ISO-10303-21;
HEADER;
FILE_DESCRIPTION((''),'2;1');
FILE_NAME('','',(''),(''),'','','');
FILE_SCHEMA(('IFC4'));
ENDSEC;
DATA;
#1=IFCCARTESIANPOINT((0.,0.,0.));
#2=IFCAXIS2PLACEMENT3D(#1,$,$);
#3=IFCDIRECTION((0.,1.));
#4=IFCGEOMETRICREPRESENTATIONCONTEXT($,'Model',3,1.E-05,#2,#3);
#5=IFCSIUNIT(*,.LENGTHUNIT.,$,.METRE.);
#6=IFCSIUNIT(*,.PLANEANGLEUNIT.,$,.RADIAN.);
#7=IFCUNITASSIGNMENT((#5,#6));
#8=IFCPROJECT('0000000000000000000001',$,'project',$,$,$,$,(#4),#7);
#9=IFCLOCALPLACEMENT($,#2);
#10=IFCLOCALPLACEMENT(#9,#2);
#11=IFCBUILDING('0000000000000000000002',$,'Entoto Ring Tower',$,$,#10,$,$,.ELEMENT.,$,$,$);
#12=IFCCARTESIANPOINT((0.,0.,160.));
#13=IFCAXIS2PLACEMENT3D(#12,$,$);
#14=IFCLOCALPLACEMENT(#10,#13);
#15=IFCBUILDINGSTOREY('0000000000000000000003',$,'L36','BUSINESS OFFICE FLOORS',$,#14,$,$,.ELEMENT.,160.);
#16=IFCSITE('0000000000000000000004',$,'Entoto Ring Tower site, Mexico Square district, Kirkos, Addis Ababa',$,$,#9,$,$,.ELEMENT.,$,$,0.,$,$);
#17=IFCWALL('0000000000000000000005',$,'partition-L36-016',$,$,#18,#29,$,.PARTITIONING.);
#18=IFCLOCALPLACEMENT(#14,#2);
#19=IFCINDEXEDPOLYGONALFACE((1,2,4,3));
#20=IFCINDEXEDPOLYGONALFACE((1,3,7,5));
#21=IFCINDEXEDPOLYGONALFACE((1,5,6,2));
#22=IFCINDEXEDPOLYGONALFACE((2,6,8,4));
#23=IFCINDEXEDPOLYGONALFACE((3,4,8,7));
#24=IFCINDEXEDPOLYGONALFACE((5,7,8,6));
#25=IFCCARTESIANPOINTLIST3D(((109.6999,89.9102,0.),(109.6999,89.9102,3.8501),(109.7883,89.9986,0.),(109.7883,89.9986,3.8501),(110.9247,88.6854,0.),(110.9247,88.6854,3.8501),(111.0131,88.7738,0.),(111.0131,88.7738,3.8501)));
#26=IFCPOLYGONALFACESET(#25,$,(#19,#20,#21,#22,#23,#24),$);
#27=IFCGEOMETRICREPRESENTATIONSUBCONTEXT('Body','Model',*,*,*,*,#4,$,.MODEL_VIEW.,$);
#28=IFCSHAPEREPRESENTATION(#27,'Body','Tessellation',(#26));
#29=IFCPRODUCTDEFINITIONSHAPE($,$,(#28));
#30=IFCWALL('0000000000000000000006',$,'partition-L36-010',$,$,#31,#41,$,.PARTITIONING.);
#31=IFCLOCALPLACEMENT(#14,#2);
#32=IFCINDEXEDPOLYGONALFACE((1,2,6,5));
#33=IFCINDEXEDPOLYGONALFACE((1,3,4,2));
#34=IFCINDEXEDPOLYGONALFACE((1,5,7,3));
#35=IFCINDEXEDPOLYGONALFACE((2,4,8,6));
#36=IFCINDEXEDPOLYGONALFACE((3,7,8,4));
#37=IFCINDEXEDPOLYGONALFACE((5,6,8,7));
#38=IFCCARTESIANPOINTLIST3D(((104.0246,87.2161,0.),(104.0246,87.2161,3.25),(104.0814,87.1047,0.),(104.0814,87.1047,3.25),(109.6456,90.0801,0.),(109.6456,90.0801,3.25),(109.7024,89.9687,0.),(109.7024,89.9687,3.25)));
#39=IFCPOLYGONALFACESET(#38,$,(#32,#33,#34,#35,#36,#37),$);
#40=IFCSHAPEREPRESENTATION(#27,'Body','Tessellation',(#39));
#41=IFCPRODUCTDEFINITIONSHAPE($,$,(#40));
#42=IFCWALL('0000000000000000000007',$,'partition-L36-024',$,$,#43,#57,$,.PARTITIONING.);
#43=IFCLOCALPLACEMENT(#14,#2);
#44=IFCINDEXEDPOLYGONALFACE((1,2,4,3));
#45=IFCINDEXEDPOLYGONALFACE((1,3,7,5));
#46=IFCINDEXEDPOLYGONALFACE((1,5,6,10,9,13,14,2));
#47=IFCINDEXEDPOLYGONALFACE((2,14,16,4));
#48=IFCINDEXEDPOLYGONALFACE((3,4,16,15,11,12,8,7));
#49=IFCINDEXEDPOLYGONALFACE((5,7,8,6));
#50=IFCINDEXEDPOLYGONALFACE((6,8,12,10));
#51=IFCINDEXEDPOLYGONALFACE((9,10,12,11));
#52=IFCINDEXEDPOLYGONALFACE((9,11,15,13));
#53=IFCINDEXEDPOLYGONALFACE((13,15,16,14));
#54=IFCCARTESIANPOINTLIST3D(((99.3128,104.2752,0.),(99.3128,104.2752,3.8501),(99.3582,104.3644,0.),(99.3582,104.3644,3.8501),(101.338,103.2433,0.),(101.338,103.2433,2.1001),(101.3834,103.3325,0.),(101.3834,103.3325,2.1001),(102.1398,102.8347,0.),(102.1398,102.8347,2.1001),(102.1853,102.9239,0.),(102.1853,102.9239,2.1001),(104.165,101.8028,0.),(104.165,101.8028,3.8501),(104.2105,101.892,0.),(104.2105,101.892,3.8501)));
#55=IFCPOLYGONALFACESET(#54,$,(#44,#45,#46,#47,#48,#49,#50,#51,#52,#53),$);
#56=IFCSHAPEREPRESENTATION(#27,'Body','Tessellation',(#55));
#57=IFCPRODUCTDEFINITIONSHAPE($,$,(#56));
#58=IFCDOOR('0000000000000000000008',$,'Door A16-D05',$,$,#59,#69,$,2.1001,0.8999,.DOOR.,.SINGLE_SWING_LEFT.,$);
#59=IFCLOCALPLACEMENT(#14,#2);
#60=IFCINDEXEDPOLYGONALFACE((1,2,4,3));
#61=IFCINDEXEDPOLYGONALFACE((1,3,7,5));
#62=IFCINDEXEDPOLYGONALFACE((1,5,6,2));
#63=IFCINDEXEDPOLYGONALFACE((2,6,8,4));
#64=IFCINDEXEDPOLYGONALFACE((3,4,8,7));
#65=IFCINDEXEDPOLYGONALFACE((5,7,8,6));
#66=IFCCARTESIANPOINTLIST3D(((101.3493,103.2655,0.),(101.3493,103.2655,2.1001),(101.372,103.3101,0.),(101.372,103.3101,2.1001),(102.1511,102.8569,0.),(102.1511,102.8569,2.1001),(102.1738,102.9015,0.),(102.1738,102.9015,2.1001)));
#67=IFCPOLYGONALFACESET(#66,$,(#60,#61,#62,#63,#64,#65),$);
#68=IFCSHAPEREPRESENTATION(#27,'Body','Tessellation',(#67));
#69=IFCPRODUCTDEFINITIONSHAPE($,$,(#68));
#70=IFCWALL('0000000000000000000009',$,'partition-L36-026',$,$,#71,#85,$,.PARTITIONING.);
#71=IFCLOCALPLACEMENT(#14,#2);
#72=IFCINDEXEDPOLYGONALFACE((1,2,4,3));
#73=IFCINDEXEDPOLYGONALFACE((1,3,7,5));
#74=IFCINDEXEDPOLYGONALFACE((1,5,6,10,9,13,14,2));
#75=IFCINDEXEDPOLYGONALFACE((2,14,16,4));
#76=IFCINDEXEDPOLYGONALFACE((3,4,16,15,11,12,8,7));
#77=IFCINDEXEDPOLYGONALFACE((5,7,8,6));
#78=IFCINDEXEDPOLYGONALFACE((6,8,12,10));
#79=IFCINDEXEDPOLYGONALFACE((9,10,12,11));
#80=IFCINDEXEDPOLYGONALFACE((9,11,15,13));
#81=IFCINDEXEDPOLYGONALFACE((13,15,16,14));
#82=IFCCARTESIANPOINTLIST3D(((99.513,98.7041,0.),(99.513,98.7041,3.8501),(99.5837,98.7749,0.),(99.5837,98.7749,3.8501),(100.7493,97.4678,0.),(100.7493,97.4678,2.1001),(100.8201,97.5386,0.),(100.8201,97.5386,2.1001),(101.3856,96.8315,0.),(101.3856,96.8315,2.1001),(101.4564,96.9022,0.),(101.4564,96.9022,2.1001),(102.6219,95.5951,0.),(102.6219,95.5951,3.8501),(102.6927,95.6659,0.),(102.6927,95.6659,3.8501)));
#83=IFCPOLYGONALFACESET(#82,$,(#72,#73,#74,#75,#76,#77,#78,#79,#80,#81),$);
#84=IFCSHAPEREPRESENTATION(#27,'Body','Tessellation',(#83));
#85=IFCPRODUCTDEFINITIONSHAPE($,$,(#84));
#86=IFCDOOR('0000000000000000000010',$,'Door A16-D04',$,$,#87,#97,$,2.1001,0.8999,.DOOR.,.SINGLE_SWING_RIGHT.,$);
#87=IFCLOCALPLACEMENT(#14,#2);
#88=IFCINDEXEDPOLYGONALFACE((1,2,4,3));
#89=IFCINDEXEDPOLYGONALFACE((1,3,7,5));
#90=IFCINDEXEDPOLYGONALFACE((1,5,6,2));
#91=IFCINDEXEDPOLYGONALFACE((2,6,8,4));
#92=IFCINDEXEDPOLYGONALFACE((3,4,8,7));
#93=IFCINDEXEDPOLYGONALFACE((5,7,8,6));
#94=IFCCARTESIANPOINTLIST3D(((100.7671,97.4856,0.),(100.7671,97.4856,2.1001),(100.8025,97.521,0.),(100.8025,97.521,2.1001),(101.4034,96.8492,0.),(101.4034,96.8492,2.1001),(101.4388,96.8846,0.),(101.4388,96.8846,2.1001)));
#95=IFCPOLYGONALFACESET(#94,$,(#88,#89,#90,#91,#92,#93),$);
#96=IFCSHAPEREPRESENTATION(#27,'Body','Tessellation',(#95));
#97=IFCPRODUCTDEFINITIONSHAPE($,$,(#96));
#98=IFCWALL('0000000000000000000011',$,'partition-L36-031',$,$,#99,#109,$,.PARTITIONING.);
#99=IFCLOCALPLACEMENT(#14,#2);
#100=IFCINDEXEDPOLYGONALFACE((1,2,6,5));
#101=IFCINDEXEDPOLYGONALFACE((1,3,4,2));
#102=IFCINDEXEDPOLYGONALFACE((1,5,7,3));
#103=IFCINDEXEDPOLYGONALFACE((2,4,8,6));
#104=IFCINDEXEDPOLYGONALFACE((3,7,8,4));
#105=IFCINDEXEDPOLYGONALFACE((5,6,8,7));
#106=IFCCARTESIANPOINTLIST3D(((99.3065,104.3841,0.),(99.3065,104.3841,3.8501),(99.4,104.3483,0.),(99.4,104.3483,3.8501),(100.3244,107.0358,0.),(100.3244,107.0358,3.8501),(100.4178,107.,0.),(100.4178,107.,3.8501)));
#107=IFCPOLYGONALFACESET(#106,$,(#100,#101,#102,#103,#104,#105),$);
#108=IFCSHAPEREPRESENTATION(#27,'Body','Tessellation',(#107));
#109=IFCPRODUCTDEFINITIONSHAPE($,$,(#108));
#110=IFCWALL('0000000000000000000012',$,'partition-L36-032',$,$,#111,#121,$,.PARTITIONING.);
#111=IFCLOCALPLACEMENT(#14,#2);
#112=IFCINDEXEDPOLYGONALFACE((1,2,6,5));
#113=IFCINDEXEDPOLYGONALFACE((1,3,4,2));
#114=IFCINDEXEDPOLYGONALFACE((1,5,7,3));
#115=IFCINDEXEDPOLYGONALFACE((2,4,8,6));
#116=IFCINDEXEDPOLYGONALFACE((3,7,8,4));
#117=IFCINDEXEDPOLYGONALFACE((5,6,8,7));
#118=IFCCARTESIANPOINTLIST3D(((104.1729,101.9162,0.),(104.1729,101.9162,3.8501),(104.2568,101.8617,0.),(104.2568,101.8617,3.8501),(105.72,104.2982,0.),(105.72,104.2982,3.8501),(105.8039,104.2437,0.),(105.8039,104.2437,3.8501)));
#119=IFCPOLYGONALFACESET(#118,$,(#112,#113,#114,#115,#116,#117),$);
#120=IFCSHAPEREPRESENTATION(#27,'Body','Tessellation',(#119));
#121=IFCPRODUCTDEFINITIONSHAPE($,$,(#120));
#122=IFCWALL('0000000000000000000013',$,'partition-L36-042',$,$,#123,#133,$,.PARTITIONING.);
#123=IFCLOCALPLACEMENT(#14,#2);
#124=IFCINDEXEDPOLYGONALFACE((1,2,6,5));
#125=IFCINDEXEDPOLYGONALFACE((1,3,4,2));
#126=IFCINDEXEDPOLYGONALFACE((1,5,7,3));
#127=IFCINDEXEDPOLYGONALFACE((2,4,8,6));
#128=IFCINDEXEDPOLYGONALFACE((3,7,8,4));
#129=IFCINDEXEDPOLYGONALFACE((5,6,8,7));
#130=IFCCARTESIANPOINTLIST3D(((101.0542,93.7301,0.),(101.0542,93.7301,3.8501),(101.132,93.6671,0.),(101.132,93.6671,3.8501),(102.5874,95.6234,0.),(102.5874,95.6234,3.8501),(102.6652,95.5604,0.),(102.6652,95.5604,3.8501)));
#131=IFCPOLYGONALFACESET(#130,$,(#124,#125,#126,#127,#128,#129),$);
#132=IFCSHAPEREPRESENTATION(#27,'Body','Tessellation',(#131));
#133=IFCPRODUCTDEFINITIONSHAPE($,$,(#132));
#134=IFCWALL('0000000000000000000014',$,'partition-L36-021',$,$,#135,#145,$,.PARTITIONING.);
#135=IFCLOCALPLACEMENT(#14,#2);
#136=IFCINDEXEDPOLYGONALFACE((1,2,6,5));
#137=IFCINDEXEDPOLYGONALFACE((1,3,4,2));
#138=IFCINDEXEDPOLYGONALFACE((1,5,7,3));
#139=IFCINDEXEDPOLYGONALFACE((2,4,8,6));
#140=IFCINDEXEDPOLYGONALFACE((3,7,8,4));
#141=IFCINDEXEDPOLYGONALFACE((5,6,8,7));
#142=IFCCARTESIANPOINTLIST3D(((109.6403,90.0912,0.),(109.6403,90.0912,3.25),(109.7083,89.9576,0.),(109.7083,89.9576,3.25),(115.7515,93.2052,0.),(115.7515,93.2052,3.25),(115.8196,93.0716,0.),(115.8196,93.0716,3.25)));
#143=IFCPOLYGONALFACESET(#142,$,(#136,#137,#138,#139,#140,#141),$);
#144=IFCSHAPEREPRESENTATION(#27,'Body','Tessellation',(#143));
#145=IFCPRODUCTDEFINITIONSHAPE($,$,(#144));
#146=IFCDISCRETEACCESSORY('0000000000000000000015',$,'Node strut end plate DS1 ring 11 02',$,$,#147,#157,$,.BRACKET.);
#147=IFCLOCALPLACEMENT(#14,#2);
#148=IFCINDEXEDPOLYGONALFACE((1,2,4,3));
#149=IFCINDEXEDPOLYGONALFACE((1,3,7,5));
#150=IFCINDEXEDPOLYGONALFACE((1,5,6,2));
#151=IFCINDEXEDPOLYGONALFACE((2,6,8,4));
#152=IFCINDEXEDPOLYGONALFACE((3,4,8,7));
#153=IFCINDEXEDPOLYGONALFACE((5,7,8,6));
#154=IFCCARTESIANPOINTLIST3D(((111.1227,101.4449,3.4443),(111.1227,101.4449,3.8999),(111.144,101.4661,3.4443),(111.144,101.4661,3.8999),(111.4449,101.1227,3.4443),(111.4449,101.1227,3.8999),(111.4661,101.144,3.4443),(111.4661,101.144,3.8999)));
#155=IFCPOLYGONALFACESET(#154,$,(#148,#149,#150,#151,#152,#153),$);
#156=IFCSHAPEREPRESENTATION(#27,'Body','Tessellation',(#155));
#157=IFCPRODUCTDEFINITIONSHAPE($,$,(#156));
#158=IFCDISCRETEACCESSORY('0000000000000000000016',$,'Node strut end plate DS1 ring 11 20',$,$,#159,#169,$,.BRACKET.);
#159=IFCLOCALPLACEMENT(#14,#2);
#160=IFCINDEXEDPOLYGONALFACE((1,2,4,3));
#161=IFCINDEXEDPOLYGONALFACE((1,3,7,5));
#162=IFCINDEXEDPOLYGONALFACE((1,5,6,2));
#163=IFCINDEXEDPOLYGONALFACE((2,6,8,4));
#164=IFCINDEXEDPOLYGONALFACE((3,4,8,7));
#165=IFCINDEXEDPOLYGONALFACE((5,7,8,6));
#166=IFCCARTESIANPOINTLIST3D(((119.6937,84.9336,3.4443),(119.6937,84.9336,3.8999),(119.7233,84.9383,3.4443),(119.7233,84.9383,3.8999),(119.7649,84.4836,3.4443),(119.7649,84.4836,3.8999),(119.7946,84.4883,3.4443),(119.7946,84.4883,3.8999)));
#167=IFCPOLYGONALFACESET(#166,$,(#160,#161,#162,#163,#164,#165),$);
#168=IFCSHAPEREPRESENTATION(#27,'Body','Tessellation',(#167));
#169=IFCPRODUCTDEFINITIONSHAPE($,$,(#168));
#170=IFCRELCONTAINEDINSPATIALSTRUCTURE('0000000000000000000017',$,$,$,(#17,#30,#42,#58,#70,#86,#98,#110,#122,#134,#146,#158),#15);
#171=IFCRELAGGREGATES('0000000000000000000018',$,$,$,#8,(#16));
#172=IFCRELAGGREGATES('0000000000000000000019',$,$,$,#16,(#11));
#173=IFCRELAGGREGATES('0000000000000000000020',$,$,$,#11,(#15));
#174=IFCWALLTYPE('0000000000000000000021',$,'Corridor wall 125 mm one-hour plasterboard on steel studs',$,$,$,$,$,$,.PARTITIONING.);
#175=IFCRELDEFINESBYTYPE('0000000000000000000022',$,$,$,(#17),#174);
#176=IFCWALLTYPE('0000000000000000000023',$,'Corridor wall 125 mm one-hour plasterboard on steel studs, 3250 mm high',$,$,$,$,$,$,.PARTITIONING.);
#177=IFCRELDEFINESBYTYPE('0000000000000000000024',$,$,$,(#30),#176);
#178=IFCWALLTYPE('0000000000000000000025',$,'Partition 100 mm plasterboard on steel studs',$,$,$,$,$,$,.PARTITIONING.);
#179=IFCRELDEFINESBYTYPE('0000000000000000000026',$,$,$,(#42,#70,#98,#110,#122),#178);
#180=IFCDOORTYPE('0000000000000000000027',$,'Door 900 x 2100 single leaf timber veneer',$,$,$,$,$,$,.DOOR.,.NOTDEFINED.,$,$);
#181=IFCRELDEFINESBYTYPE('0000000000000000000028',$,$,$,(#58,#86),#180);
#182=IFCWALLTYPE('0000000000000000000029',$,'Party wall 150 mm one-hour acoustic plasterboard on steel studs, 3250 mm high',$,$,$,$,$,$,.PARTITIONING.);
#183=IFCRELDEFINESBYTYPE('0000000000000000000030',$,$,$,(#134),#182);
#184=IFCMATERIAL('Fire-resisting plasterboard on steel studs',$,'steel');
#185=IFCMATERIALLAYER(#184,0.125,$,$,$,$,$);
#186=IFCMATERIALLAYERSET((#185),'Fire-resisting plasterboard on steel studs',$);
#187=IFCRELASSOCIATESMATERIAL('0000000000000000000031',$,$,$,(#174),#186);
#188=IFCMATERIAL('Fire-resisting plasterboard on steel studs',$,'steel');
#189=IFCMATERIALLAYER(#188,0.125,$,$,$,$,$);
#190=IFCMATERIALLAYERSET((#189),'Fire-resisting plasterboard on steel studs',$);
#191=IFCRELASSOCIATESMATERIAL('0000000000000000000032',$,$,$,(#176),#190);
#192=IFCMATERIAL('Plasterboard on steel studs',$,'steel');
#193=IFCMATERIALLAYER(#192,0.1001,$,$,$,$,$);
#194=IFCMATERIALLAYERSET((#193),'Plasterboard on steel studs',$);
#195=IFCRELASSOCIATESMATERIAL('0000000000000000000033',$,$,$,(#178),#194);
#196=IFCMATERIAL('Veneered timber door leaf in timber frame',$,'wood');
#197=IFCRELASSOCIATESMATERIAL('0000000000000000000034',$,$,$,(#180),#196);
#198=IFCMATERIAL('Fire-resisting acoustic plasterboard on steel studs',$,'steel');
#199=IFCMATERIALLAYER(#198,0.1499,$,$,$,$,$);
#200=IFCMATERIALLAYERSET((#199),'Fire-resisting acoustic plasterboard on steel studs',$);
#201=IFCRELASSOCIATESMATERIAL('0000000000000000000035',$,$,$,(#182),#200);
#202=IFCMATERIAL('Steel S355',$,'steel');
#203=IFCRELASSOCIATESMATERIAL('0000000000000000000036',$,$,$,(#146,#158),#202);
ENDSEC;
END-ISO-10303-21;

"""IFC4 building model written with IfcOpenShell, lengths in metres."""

from ifc_helpers import new_model, si_unit, direction, frame, frame_2d, origin, origin_2d, place, context, subcontext, project, spatial, rectangle, extrude, material, layer, layer_set, type_object, element, fill, save


model = new_model("IFC4")

# Units and contexts
model_context = context("Model", 3, precision=1e-05, world=origin(), true_north=direction((0.0, 1.0)))
body_context = subcontext(model_context, "Body", "Model", "MODEL_VIEW")
ifc_project = project(units=[si_unit("LENGTHUNIT", "METRE"), si_unit("PLANEANGLEUNIT", "RADIAN")], contexts=[model_context])

# Site, building, storey
site_placement = place(None, origin())
site = spatial("IfcSite", under=ifc_project, at=site_placement, Name="Entoto Ring Tower site, Mexico Square district, Kirkos, Addis Ababa", CompositionType="ELEMENT", RefElevation=0.0)
building_placement = place(site_placement, origin())
building = spatial("IfcBuilding", under=site, at=building_placement, Name="Entoto Ring Tower", CompositionType="ELEMENT")
storey_placement = place(building_placement, frame((0.0, 0.0, 160.0)))
storey = spatial("IfcBuildingStorey", under=building, at=storey_placement, Name="L36", Description="BUSINESS OFFICE FLOORS", CompositionType="ELEMENT", Elevation=160.0)

# Shared definitions
ifc_material_1 = material(Name="Fire-resisting plasterboard on steel studs", Category="steel")
ifc_layer_1 = layer(ifc_material_1, 0.125)
ifc_layer_set_1 = layer_set([ifc_layer_1], Name="Fire-resisting plasterboard on steel studs")
wall_type_1 = type_object("IfcWallType", Name="Corridor wall 125 mm one-hour plasterboard on steel studs", PredefinedType="PARTITIONING", material=ifc_layer_set_1)

# Walls
wall_1_placement = place(storey_placement, frame((110.969, 88.7295, 0.0), z_axis=(0.0, 0.0, 1.0), x_axis=(-0.707107, 0.707107, 0.0)))
element("IfcWall", 1, at=wall_1_placement, inside=storey, type_object=wall_type_1, Name="partition-L36-016", PredefinedType="PARTITIONING", context=body_context, shape_type="SweptSolid", body=[
    extrude(rectangle(XDim=1.7322, YDim=0.125, at=frame_2d((0.8662, 0.0))), origin(), (0.0, 0.0, 1.0), 3.8501),
])
ifc_material_2 = material(Name="Fire-resisting plasterboard on steel studs", Category="steel")
ifc_layer_2 = layer(ifc_material_2, 0.125)
ifc_layer_set_2 = layer_set([ifc_layer_2], Name="Fire-resisting plasterboard on steel studs")
wall_type_2 = type_object("IfcWallType", Name="Corridor wall 125 mm one-hour plasterboard on steel studs, 3250 mm high", PredefinedType="PARTITIONING", material=ifc_layer_set_2)
wall_2_placement = place(storey_placement, frame((104.053, 87.1604, 0.0), z_axis=(0.0, 0.0, 1.0), x_axis=(0.891011, 0.453981, 0.0)))
element("IfcWall", 2, at=wall_2_placement, inside=storey, type_object=wall_type_2, Name="partition-L36-010", PredefinedType="PARTITIONING", context=body_context, shape_type="SweptSolid", body=[
    extrude(rectangle(XDim=6.3086, YDim=0.125, at=frame_2d((3.1543, 0.0))), origin(), (0.0, 0.0, 1.0), 3.25),
])

# Walls, openings, doors
ifc_material_3 = material(Name="Plasterboard on steel studs", Category="steel")
ifc_layer_3 = layer(ifc_material_3, 0.1001)
ifc_layer_set_3 = layer_set([ifc_layer_3], Name="Plasterboard on steel studs")
wall_type_3 = type_object("IfcWallType", Name="Partition 100 mm plasterboard on steel studs", PredefinedType="PARTITIONING", material=ifc_layer_set_3)
wall_3_placement = place(storey_placement, frame((104.1877, 101.8474, 0.0), z_axis=(0.0, 0.0, 1.0), x_axis=(-0.891003, 0.453997, 0.0)))
wall_3 = element("IfcWall", 3, at=wall_3_placement, inside=storey, type_object=wall_type_3, Name="partition-L36-024", PredefinedType="PARTITIONING", context=body_context, shape_type="SweptSolid", body=[
    extrude(rectangle(XDim=5.4458, YDim=0.1001, at=frame_2d((2.7229, 0.0))), origin(), (0.0, 0.0, 1.0), 3.8501),
])
opening_1_placement = place(wall_3_placement, frame((2.2729, 0.0, 0.0)))
opening_1 = element("IfcOpeningElement", 4, at=opening_1_placement, cuts=wall_3, PredefinedType="OPENING", context=body_context, shape_type="SweptSolid", body=[
    extrude(rectangle(XDim=0.8999, YDim=2.1001, at=frame_2d((0.45, 1.05))), frame((0.0, 0.0601, 0.0), z_axis=(0.0, -1.0, 0.0), x_axis=(1.0, 0.0, 0.0)), (0.0, 0.0, 1.0), 0.1201),
])
ifc_material_4 = material(Name="Veneered timber door leaf in timber frame", Category="wood")
door_type_1 = type_object("IfcDoorType", Name="Door 900 x 2100 single leaf timber veneer", OperationType="NOTDEFINED", PredefinedType="DOOR", material=ifc_material_4)
door_1_placement = place(opening_1_placement, frame((0.8999, 0.0, 0.0), z_axis=(0.0, 0.0, 1.0), x_axis=(-1.0, 0.0, 0.0)))
door_1 = element("IfcDoor", 5, at=door_1_placement, inside=storey, type_object=door_type_1, Name="Door A16-D05", OperationType="SINGLE_SWING_LEFT", OverallHeight=2.1001, OverallWidth=0.8999, PredefinedType="DOOR", context=body_context, shape_type="SweptSolid", body=[
    extrude(rectangle(XDim=0.8999, YDim=2.1001, at=frame_2d((0.45, 1.05))), frame((0.0, 0.0249, 0.0), z_axis=(0.0, -1.0, 0.0), x_axis=(1.0, 0.0, 0.0)), (0.0, 0.0, 1.0), 0.05),
])
fill(opening_1, door_1)
wall_4_placement = place(storey_placement, frame((102.6572, 95.6306, 0.0), z_axis=(0.0, 0.0, 1.0), x_axis=(-0.707107, 0.707107, 0.0)))
wall_4 = element("IfcWall", 6, at=wall_4_placement, inside=storey, type_object=wall_type_3, Name="partition-L36-026", PredefinedType="PARTITIONING", context=body_context, shape_type="SweptSolid", body=[
    extrude(rectangle(XDim=4.3967, YDim=0.1001, at=frame_2d((2.1982, 0.0))), origin(), (0.0, 0.0, 1.0), 3.8501),
])
opening_2_placement = place(wall_4_placement, frame((1.7483, 0.0, 0.0)))
opening_2 = element("IfcOpeningElement", 7, at=opening_2_placement, cuts=wall_4, PredefinedType="OPENING", context=body_context, shape_type="SweptSolid", body=[
    extrude(rectangle(XDim=0.8999, YDim=2.1001, at=frame_2d((0.45, 1.05))), frame((0.0, 0.0601, 0.0), z_axis=(0.0, -1.0, 0.0), x_axis=(1.0, 0.0, 0.0)), (0.0, 0.0, 1.0), 0.1201),
])
door_2_placement = place(opening_2_placement, origin())
door_2 = element("IfcDoor", 8, at=door_2_placement, inside=storey, type_object=door_type_1, Name="Door A16-D04", OperationType="SINGLE_SWING_RIGHT", OverallHeight=2.1001, OverallWidth=0.8999, PredefinedType="DOOR", context=body_context, shape_type="SweptSolid", body=[
    extrude(rectangle(XDim=0.8999, YDim=2.1001, at=frame_2d((0.45, 1.05))), frame((0.0, 0.0249, 0.0), z_axis=(0.0, -1.0, 0.0), x_axis=(1.0, 0.0, 0.0)), (0.0, 0.0, 1.0), 0.05),
])
fill(opening_2, door_2)

# Walls
for number, where, z_axis, x_axis, name in (
    (9, (99.3533, 104.3662, 0.0), (0.0, 0.0, 1.0), (0.358357, 0.933585, 0.0), "partition-L36-031"),
    (10, (104.2148, 101.8889, 0.0), (0.0, 0.0, 1.0), (0.544683, 0.838642, 0.0), "partition-L36-032"),
):
    element("IfcWall", number, at=place(storey_placement, frame(where, z_axis=z_axis, x_axis=x_axis)), inside=storey, type_object=wall_type_3, Name=name, PredefinedType="PARTITIONING", context=body_context, shape_type="SweptSolid", body=[
        extrude(rectangle(XDim=2.8403, YDim=0.1001, at=frame_2d((1.4202, 0.0))), origin(), (0.0, 0.0, 1.0), 3.8501),
    ])
wall_5_placement = place(storey_placement, frame((101.093, 93.6985, 0.0), z_axis=(0.0, 0.0, 1.0), x_axis=(0.629328, 0.77714, 0.0)))
element("IfcWall", 11, at=wall_5_placement, inside=storey, type_object=wall_type_3, Name="partition-L36-042", PredefinedType="PARTITIONING", context=body_context, shape_type="SweptSolid", body=[
    extrude(rectangle(XDim=2.4363, YDim=0.1001, at=frame_2d((1.2183, 0.0))), origin(), (0.0, 0.0, 1.0), 3.8501),
])
ifc_material_5 = material(Name="Fire-resisting acoustic plasterboard on steel studs", Category="steel")
ifc_layer_4 = layer(ifc_material_5, 0.1499)
ifc_layer_set_4 = layer_set([ifc_layer_4], Name="Fire-resisting acoustic plasterboard on steel studs")
wall_type_4 = type_object("IfcWallType", Name="Party wall 150 mm one-hour acoustic plasterboard on steel studs, 3250 mm high", PredefinedType="PARTITIONING", material=ifc_layer_set_4)
wall_6_placement = place(storey_placement, frame((109.6743, 90.0244, 0.0), z_axis=(0.0, 0.0, 1.0), x_axis=(0.890998, 0.454006, 0.0)))
element("IfcWall", 12, at=wall_6_placement, inside=storey, type_object=wall_type_4, Name="partition-L36-021", PredefinedType="PARTITIONING", context=body_context, shape_type="SweptSolid", body=[
    extrude(rectangle(XDim=6.8589, YDim=0.1499, at=frame_2d((3.4294, 0.0))), origin(), (0.0, 0.0, 1.0), 3.25),
])

# Discrete accessories
ifc_material_6 = material(Name="Steel S355", Category="steel")
for number, where, z_axis, x_axis, name in (
    (13, (111.2944, 101.2944, 3.4443), (0.0, 0.0, 1.0), (0.707107, 0.707107, 0.0), "Node strut end plate DS1 ring 11 02"),
    (14, (119.7441, 84.7109, 3.4443), (0.0, 0.0, 1.0), (0.987688, 0.156434, 0.0), "Node strut end plate DS1 ring 11 20"),
):
    element("IfcDiscreteAccessory", number, at=place(storey_placement, frame(where, z_axis=z_axis, x_axis=x_axis)), inside=storey, material=ifc_material_6, Name=name, PredefinedType="BRACKET", context=body_context, shape_type="SweptSolid", body=[
        extrude(rectangle(XDim=0.03, YDim=0.4556, at=origin_2d()), origin(), (0.0, 0.0, 1.0), 0.4556),
    ])

save(model, "model.ifc")
